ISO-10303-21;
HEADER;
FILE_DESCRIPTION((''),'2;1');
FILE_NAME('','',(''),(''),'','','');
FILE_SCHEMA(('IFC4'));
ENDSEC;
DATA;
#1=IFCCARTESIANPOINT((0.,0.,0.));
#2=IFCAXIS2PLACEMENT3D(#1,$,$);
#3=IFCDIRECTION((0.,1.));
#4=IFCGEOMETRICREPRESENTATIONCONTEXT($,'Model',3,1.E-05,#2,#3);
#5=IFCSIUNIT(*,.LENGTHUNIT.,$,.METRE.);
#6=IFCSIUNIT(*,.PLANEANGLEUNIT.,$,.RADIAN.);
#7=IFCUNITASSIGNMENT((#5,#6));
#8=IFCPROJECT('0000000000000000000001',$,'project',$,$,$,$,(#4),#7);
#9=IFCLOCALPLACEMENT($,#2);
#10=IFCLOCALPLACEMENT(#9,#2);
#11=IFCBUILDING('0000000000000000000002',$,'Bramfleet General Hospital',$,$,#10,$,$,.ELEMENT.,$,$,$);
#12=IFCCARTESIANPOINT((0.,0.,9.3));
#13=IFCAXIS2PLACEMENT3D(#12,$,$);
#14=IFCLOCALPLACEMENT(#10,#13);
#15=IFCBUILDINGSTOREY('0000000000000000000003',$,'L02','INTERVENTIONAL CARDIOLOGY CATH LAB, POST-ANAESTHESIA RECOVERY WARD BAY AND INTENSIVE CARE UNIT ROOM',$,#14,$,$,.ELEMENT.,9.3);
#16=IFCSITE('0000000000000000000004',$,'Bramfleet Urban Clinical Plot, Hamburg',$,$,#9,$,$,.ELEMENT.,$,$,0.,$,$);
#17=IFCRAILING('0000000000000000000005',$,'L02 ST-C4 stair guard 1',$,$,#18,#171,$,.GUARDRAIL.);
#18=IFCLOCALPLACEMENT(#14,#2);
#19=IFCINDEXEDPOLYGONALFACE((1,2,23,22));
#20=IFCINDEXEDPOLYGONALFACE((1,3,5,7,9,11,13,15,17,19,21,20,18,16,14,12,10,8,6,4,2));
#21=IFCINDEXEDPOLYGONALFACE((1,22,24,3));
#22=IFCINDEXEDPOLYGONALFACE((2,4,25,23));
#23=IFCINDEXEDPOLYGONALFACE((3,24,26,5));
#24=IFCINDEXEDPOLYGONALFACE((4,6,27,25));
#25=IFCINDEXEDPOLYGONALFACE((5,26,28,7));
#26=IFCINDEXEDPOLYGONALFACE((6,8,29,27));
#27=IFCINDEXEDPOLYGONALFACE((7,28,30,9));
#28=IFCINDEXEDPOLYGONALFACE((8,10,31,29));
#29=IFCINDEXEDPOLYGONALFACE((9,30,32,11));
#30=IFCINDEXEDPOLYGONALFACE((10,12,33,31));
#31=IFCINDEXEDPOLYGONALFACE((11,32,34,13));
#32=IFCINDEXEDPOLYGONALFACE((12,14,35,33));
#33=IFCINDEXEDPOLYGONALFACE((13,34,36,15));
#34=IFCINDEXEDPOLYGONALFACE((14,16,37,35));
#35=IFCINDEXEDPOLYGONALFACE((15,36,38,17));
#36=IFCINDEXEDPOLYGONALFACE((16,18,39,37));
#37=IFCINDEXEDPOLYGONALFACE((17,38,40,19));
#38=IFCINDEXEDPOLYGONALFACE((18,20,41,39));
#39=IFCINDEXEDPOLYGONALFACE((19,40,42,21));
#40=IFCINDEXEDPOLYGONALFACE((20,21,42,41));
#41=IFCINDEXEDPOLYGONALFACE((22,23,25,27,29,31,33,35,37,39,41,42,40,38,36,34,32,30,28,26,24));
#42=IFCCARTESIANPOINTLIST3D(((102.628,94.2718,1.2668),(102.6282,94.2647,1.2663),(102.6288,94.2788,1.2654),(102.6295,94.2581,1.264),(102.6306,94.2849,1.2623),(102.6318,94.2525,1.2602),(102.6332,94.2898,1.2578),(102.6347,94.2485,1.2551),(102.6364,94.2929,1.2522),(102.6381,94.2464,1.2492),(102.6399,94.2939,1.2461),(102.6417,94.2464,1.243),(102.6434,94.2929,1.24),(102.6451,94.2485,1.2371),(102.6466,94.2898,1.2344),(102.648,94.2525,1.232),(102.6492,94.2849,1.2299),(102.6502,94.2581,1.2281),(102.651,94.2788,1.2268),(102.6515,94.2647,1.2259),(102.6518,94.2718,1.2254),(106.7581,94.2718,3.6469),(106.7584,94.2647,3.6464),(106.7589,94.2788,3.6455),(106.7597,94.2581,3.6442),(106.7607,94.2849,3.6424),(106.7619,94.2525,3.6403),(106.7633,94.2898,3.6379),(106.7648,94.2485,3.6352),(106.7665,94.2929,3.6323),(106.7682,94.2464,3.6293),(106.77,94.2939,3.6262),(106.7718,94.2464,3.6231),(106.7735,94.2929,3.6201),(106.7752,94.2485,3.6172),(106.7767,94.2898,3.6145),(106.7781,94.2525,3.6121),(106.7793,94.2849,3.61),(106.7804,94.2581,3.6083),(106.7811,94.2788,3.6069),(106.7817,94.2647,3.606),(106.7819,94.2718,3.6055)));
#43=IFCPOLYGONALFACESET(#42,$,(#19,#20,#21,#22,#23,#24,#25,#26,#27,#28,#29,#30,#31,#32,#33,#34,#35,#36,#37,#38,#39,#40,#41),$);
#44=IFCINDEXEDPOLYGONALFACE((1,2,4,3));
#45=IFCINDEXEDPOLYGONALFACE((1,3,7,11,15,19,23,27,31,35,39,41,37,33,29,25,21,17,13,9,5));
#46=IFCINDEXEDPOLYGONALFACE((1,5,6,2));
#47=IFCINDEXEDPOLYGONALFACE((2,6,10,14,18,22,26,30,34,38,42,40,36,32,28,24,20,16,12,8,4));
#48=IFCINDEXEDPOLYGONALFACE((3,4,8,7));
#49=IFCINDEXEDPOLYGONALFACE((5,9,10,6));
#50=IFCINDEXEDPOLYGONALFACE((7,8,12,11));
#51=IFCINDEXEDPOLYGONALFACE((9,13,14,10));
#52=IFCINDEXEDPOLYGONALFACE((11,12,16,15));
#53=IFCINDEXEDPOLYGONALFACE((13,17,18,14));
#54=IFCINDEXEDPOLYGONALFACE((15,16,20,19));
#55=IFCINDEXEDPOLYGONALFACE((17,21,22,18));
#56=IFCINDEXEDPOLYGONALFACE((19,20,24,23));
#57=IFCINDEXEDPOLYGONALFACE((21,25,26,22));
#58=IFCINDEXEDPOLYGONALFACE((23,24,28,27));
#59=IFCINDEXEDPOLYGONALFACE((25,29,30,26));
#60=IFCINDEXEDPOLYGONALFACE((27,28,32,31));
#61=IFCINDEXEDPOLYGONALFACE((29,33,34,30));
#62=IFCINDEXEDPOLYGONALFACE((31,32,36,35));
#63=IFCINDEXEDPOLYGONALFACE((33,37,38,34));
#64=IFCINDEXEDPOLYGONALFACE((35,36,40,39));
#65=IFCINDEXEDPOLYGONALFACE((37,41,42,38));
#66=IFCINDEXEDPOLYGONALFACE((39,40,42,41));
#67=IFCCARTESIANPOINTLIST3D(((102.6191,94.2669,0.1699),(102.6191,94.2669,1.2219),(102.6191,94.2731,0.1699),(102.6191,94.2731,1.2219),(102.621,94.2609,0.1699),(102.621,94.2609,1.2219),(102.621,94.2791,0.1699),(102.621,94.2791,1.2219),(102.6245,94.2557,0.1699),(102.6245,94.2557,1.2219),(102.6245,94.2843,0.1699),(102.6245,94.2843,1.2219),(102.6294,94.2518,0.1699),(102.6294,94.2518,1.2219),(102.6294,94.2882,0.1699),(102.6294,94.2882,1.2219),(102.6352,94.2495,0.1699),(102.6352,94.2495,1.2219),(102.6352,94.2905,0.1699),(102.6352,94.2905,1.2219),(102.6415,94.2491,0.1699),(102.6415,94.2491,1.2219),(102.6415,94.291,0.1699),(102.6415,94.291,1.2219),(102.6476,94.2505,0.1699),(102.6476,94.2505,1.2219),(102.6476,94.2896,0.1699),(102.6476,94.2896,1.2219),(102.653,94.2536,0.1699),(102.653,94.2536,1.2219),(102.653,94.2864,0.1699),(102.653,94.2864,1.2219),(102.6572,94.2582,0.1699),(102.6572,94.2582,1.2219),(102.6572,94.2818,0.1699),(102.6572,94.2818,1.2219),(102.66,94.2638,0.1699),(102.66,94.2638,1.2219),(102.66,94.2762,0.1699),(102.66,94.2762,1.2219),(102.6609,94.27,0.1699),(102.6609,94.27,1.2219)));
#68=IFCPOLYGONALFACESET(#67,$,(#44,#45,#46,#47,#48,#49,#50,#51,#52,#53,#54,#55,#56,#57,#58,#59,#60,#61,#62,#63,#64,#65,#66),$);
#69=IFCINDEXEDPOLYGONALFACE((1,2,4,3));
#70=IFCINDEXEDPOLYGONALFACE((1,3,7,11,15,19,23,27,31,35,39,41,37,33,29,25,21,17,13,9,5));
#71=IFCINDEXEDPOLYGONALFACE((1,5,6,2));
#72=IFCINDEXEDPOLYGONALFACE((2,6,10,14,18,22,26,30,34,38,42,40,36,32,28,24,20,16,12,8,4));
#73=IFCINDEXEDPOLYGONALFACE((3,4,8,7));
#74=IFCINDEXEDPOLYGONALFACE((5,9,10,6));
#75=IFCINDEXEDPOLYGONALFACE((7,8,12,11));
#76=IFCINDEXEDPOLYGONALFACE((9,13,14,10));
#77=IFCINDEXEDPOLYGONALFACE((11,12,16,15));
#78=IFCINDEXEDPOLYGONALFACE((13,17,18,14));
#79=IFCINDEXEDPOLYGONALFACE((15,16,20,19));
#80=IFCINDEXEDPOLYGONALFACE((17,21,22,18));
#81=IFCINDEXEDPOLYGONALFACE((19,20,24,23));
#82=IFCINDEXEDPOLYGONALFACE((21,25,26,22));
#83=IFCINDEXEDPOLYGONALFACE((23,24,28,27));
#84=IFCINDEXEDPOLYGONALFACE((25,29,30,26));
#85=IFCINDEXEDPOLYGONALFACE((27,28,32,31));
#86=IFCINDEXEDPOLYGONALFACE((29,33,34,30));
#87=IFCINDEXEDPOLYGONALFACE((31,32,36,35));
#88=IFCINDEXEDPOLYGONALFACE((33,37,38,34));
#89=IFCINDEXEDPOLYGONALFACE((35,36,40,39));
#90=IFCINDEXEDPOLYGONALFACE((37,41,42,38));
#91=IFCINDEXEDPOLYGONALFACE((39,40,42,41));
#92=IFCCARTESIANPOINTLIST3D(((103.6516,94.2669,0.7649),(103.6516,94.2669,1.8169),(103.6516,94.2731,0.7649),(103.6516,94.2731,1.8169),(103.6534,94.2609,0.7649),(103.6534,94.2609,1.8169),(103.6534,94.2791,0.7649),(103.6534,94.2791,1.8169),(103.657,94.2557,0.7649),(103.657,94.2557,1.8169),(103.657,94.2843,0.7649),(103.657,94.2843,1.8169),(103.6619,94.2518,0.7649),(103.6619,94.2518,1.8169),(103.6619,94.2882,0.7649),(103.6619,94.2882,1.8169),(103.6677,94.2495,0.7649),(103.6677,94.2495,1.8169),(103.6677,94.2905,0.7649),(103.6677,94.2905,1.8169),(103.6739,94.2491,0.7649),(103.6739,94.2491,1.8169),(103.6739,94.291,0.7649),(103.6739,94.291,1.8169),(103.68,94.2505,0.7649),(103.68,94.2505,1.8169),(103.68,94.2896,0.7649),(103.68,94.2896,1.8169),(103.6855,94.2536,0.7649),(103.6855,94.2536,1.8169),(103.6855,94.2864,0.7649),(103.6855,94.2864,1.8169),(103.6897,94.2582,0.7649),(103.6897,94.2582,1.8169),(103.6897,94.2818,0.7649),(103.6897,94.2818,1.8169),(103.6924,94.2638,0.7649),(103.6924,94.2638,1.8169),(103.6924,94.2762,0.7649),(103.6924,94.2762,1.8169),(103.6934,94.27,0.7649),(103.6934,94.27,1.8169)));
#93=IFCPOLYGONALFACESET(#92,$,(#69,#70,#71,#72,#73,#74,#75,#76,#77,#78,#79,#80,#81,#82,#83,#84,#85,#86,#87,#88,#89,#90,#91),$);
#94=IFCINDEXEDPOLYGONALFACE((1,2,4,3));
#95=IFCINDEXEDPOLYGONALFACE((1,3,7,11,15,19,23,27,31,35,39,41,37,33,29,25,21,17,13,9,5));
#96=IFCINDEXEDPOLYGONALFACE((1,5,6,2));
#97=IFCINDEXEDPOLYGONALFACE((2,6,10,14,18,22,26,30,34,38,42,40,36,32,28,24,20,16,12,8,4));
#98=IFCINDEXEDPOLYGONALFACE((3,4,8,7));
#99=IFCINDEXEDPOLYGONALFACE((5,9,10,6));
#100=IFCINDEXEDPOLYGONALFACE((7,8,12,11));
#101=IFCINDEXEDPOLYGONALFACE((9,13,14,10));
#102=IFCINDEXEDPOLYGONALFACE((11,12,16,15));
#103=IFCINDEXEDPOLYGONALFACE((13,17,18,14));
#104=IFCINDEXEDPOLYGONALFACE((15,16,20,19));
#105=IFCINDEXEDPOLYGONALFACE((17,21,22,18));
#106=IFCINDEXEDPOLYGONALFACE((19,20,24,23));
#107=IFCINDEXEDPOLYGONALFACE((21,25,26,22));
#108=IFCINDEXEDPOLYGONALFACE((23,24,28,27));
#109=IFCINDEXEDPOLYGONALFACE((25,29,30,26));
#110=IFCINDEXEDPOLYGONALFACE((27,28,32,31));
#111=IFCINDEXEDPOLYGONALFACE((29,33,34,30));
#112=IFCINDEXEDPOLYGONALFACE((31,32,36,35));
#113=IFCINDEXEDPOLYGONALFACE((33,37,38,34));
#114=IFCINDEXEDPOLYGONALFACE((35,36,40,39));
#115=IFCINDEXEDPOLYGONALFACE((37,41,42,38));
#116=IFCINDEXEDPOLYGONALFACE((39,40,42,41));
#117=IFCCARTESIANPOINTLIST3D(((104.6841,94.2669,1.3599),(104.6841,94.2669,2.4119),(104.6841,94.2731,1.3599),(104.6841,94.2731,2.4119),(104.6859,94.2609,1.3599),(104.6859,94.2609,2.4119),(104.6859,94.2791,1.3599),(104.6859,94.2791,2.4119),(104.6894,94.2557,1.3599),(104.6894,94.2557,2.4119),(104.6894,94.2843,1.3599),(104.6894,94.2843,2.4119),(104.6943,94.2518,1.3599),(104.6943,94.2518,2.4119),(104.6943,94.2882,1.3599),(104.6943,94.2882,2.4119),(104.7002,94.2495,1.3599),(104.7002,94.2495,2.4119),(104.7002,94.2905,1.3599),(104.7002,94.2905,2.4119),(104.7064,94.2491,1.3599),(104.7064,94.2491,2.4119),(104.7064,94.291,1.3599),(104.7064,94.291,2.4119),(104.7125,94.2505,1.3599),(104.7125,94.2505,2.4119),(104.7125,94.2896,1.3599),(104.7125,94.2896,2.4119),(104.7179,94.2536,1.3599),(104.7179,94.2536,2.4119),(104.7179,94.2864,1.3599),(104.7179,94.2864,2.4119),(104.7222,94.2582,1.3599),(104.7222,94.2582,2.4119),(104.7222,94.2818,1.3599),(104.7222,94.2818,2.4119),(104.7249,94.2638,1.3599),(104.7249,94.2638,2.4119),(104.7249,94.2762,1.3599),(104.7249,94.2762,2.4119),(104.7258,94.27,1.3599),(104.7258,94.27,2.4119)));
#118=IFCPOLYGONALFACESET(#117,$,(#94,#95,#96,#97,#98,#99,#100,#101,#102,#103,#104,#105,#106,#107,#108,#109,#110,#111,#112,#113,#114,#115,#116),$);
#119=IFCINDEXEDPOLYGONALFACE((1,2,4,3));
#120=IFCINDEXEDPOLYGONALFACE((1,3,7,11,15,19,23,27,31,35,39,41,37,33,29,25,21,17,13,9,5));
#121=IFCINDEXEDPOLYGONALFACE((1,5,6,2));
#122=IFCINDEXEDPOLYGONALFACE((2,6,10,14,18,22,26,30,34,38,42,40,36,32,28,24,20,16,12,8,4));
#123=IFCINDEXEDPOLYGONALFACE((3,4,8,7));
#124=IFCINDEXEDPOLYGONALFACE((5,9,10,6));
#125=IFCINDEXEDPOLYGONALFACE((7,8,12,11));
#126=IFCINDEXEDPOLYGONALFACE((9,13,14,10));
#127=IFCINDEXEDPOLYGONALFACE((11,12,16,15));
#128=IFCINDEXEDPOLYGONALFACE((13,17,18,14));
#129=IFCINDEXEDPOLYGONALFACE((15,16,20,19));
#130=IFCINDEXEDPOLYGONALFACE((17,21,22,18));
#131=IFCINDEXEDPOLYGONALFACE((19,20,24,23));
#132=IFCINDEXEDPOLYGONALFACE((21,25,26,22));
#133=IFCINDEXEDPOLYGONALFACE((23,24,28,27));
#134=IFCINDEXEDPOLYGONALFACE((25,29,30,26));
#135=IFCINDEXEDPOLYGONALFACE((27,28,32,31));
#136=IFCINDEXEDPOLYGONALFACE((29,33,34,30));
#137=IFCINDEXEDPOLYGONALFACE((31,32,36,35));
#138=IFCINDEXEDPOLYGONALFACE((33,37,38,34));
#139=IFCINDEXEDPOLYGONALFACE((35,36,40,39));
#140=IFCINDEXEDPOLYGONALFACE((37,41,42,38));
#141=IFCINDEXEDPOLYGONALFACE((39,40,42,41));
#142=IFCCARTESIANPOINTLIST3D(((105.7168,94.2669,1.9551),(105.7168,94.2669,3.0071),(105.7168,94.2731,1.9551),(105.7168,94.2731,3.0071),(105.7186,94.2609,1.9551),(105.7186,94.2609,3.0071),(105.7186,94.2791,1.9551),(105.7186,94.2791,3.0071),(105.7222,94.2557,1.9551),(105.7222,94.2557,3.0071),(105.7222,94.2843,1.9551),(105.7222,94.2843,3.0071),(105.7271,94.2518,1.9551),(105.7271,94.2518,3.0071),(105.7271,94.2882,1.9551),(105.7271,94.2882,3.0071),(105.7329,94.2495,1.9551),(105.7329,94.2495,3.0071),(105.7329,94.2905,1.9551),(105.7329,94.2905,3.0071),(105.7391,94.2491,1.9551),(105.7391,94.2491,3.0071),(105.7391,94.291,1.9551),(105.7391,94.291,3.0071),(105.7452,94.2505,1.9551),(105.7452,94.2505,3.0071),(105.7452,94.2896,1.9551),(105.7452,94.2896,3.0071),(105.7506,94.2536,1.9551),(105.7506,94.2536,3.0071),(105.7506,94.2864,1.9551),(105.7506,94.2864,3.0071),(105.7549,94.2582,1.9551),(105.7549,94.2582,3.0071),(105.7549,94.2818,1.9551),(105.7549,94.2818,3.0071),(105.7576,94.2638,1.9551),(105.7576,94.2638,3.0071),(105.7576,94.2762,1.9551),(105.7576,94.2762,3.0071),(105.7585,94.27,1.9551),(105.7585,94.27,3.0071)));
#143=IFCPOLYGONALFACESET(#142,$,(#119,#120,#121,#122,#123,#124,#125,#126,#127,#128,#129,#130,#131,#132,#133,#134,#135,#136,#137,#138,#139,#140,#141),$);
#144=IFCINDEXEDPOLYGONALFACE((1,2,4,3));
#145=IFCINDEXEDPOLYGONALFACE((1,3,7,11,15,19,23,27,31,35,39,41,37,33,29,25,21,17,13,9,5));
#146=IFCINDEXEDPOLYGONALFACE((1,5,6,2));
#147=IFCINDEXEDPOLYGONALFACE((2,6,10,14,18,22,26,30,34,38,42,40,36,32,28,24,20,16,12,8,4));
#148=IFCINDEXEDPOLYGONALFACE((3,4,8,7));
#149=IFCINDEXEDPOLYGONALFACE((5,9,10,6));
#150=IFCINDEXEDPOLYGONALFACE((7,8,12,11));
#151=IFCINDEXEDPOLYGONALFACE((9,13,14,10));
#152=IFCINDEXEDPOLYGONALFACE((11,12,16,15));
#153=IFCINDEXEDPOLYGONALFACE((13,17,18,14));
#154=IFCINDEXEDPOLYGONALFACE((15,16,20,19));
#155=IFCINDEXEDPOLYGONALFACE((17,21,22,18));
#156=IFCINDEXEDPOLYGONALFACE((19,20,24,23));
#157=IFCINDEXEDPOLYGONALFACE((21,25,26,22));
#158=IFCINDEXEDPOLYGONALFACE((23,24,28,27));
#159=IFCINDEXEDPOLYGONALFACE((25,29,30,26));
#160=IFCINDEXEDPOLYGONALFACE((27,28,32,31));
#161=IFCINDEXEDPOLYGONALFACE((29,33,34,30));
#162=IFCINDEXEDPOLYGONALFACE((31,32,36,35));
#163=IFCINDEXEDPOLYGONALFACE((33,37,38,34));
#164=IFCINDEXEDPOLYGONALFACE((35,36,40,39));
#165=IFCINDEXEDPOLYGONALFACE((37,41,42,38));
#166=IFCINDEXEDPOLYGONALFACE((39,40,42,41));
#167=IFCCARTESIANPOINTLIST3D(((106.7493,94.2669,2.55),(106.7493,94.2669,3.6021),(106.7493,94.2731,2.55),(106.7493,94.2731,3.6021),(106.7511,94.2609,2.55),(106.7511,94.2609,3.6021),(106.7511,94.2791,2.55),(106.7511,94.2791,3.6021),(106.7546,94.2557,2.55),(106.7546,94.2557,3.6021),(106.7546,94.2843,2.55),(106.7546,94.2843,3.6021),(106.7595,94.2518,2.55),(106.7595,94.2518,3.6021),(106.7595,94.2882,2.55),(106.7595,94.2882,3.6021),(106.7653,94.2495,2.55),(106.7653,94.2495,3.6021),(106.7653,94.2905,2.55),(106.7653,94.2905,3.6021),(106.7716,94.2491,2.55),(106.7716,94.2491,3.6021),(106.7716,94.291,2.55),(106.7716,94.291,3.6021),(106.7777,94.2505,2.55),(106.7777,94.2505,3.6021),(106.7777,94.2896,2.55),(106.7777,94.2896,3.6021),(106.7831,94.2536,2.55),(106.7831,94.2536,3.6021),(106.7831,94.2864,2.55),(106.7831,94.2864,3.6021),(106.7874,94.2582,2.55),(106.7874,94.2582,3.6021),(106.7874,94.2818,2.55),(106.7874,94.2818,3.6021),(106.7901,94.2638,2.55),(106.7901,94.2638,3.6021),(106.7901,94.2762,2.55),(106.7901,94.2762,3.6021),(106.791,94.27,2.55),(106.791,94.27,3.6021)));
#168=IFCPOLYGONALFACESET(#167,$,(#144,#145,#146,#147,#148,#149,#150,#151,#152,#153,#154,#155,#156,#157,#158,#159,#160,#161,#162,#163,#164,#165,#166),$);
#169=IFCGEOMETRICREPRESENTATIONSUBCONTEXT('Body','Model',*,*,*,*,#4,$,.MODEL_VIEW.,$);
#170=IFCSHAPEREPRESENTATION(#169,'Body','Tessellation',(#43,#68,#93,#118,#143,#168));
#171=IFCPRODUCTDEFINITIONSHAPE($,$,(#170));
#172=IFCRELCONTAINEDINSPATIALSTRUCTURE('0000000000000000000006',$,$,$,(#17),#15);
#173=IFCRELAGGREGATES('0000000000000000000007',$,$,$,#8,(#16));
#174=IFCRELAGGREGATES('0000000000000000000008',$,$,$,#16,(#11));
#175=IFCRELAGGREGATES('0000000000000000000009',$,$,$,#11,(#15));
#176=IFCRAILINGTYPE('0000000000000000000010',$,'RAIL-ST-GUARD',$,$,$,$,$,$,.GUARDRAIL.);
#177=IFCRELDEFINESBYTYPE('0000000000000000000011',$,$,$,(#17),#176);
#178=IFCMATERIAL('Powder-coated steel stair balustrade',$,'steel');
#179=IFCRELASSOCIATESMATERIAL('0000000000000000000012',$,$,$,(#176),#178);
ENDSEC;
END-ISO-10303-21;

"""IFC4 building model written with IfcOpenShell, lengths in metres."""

from ifc_helpers import new_model, si_unit, direction, frame, origin, origin_2d, place, context, subcontext, project, spatial, circle, extrude, material, type_object, element, save


model = new_model("IFC4")

# Units and contexts
model_context = context("Model", 3, precision=1e-05, world=origin(), true_north=direction((0.0, 1.0)))
body_context = subcontext(model_context, "Body", "Model", "MODEL_VIEW")
ifc_project = project(units=[si_unit("LENGTHUNIT", "METRE"), si_unit("PLANEANGLEUNIT", "RADIAN")], contexts=[model_context])

# Site, building, storey
site_placement = place(None, origin())
site = spatial("IfcSite", under=ifc_project, at=site_placement, Name="Bramfleet Urban Clinical Plot, Hamburg", CompositionType="ELEMENT", RefElevation=0.0)
building_placement = place(site_placement, origin())
building = spatial("IfcBuilding", under=site, at=building_placement, Name="Bramfleet General Hospital", CompositionType="ELEMENT")
storey_placement = place(building_placement, frame((0.0, 0.0, 9.3)))
storey = spatial("IfcBuildingStorey", under=building, at=storey_placement, Name="L02", Description="INTERVENTIONAL CARDIOLOGY CATH LAB, POST-ANAESTHESIA RECOVERY WARD BAY AND INTENSIVE CARE UNIT ROOM", CompositionType="ELEMENT", Elevation=9.3)

# Railing
ifc_material_1 = material(Name="Powder-coated steel stair balustrade", Category="steel")
railing_type_1 = type_object("IfcRailingType", Name="RAIL-ST-GUARD", PredefinedType="GUARDRAIL", material=ifc_material_1)
railing_1_placement = place(storey_placement, frame((102.6399, 94.27, 0.1699)))
element("IfcRailing", 1, at=railing_1_placement, inside=storey, type_object=railing_type_1, Name="L02 ST-C4 stair guard 1", PredefinedType="GUARDRAIL", context=body_context, shape_type="SweptSolid", body=[
    extrude(circle(Radius=0.0239, at=origin_2d()), frame((0.0, 0.0, 1.0762), z_axis=(0.866425, 0.0, 0.499307), x_axis=(0.0, 1.0, 0.0)), (0.0, 0.0, 1.0), 4.7668),
    extrude(circle(Radius=0.021, at=origin_2d()), origin(), (0.0, 0.0, 1.0), 1.052),
    extrude(circle(Radius=0.021, at=origin_2d()), frame((1.0325, 0.0, 0.595)), (0.0, 0.0, 1.0), 1.052),
    extrude(circle(Radius=0.021, at=origin_2d()), frame((2.0649, 0.0, 1.1899)), (0.0, 0.0, 1.0), 1.052),
    extrude(circle(Radius=0.021, at=origin_2d()), frame((3.0977, 0.0, 1.7852)), (0.0, 0.0, 1.0), 1.052),
    extrude(circle(Radius=0.021, at=origin_2d()), frame((4.1301, 0.0, 2.3801)), (0.0, 0.0, 1.0), 1.052),
])

save(model, "model.ifc")
